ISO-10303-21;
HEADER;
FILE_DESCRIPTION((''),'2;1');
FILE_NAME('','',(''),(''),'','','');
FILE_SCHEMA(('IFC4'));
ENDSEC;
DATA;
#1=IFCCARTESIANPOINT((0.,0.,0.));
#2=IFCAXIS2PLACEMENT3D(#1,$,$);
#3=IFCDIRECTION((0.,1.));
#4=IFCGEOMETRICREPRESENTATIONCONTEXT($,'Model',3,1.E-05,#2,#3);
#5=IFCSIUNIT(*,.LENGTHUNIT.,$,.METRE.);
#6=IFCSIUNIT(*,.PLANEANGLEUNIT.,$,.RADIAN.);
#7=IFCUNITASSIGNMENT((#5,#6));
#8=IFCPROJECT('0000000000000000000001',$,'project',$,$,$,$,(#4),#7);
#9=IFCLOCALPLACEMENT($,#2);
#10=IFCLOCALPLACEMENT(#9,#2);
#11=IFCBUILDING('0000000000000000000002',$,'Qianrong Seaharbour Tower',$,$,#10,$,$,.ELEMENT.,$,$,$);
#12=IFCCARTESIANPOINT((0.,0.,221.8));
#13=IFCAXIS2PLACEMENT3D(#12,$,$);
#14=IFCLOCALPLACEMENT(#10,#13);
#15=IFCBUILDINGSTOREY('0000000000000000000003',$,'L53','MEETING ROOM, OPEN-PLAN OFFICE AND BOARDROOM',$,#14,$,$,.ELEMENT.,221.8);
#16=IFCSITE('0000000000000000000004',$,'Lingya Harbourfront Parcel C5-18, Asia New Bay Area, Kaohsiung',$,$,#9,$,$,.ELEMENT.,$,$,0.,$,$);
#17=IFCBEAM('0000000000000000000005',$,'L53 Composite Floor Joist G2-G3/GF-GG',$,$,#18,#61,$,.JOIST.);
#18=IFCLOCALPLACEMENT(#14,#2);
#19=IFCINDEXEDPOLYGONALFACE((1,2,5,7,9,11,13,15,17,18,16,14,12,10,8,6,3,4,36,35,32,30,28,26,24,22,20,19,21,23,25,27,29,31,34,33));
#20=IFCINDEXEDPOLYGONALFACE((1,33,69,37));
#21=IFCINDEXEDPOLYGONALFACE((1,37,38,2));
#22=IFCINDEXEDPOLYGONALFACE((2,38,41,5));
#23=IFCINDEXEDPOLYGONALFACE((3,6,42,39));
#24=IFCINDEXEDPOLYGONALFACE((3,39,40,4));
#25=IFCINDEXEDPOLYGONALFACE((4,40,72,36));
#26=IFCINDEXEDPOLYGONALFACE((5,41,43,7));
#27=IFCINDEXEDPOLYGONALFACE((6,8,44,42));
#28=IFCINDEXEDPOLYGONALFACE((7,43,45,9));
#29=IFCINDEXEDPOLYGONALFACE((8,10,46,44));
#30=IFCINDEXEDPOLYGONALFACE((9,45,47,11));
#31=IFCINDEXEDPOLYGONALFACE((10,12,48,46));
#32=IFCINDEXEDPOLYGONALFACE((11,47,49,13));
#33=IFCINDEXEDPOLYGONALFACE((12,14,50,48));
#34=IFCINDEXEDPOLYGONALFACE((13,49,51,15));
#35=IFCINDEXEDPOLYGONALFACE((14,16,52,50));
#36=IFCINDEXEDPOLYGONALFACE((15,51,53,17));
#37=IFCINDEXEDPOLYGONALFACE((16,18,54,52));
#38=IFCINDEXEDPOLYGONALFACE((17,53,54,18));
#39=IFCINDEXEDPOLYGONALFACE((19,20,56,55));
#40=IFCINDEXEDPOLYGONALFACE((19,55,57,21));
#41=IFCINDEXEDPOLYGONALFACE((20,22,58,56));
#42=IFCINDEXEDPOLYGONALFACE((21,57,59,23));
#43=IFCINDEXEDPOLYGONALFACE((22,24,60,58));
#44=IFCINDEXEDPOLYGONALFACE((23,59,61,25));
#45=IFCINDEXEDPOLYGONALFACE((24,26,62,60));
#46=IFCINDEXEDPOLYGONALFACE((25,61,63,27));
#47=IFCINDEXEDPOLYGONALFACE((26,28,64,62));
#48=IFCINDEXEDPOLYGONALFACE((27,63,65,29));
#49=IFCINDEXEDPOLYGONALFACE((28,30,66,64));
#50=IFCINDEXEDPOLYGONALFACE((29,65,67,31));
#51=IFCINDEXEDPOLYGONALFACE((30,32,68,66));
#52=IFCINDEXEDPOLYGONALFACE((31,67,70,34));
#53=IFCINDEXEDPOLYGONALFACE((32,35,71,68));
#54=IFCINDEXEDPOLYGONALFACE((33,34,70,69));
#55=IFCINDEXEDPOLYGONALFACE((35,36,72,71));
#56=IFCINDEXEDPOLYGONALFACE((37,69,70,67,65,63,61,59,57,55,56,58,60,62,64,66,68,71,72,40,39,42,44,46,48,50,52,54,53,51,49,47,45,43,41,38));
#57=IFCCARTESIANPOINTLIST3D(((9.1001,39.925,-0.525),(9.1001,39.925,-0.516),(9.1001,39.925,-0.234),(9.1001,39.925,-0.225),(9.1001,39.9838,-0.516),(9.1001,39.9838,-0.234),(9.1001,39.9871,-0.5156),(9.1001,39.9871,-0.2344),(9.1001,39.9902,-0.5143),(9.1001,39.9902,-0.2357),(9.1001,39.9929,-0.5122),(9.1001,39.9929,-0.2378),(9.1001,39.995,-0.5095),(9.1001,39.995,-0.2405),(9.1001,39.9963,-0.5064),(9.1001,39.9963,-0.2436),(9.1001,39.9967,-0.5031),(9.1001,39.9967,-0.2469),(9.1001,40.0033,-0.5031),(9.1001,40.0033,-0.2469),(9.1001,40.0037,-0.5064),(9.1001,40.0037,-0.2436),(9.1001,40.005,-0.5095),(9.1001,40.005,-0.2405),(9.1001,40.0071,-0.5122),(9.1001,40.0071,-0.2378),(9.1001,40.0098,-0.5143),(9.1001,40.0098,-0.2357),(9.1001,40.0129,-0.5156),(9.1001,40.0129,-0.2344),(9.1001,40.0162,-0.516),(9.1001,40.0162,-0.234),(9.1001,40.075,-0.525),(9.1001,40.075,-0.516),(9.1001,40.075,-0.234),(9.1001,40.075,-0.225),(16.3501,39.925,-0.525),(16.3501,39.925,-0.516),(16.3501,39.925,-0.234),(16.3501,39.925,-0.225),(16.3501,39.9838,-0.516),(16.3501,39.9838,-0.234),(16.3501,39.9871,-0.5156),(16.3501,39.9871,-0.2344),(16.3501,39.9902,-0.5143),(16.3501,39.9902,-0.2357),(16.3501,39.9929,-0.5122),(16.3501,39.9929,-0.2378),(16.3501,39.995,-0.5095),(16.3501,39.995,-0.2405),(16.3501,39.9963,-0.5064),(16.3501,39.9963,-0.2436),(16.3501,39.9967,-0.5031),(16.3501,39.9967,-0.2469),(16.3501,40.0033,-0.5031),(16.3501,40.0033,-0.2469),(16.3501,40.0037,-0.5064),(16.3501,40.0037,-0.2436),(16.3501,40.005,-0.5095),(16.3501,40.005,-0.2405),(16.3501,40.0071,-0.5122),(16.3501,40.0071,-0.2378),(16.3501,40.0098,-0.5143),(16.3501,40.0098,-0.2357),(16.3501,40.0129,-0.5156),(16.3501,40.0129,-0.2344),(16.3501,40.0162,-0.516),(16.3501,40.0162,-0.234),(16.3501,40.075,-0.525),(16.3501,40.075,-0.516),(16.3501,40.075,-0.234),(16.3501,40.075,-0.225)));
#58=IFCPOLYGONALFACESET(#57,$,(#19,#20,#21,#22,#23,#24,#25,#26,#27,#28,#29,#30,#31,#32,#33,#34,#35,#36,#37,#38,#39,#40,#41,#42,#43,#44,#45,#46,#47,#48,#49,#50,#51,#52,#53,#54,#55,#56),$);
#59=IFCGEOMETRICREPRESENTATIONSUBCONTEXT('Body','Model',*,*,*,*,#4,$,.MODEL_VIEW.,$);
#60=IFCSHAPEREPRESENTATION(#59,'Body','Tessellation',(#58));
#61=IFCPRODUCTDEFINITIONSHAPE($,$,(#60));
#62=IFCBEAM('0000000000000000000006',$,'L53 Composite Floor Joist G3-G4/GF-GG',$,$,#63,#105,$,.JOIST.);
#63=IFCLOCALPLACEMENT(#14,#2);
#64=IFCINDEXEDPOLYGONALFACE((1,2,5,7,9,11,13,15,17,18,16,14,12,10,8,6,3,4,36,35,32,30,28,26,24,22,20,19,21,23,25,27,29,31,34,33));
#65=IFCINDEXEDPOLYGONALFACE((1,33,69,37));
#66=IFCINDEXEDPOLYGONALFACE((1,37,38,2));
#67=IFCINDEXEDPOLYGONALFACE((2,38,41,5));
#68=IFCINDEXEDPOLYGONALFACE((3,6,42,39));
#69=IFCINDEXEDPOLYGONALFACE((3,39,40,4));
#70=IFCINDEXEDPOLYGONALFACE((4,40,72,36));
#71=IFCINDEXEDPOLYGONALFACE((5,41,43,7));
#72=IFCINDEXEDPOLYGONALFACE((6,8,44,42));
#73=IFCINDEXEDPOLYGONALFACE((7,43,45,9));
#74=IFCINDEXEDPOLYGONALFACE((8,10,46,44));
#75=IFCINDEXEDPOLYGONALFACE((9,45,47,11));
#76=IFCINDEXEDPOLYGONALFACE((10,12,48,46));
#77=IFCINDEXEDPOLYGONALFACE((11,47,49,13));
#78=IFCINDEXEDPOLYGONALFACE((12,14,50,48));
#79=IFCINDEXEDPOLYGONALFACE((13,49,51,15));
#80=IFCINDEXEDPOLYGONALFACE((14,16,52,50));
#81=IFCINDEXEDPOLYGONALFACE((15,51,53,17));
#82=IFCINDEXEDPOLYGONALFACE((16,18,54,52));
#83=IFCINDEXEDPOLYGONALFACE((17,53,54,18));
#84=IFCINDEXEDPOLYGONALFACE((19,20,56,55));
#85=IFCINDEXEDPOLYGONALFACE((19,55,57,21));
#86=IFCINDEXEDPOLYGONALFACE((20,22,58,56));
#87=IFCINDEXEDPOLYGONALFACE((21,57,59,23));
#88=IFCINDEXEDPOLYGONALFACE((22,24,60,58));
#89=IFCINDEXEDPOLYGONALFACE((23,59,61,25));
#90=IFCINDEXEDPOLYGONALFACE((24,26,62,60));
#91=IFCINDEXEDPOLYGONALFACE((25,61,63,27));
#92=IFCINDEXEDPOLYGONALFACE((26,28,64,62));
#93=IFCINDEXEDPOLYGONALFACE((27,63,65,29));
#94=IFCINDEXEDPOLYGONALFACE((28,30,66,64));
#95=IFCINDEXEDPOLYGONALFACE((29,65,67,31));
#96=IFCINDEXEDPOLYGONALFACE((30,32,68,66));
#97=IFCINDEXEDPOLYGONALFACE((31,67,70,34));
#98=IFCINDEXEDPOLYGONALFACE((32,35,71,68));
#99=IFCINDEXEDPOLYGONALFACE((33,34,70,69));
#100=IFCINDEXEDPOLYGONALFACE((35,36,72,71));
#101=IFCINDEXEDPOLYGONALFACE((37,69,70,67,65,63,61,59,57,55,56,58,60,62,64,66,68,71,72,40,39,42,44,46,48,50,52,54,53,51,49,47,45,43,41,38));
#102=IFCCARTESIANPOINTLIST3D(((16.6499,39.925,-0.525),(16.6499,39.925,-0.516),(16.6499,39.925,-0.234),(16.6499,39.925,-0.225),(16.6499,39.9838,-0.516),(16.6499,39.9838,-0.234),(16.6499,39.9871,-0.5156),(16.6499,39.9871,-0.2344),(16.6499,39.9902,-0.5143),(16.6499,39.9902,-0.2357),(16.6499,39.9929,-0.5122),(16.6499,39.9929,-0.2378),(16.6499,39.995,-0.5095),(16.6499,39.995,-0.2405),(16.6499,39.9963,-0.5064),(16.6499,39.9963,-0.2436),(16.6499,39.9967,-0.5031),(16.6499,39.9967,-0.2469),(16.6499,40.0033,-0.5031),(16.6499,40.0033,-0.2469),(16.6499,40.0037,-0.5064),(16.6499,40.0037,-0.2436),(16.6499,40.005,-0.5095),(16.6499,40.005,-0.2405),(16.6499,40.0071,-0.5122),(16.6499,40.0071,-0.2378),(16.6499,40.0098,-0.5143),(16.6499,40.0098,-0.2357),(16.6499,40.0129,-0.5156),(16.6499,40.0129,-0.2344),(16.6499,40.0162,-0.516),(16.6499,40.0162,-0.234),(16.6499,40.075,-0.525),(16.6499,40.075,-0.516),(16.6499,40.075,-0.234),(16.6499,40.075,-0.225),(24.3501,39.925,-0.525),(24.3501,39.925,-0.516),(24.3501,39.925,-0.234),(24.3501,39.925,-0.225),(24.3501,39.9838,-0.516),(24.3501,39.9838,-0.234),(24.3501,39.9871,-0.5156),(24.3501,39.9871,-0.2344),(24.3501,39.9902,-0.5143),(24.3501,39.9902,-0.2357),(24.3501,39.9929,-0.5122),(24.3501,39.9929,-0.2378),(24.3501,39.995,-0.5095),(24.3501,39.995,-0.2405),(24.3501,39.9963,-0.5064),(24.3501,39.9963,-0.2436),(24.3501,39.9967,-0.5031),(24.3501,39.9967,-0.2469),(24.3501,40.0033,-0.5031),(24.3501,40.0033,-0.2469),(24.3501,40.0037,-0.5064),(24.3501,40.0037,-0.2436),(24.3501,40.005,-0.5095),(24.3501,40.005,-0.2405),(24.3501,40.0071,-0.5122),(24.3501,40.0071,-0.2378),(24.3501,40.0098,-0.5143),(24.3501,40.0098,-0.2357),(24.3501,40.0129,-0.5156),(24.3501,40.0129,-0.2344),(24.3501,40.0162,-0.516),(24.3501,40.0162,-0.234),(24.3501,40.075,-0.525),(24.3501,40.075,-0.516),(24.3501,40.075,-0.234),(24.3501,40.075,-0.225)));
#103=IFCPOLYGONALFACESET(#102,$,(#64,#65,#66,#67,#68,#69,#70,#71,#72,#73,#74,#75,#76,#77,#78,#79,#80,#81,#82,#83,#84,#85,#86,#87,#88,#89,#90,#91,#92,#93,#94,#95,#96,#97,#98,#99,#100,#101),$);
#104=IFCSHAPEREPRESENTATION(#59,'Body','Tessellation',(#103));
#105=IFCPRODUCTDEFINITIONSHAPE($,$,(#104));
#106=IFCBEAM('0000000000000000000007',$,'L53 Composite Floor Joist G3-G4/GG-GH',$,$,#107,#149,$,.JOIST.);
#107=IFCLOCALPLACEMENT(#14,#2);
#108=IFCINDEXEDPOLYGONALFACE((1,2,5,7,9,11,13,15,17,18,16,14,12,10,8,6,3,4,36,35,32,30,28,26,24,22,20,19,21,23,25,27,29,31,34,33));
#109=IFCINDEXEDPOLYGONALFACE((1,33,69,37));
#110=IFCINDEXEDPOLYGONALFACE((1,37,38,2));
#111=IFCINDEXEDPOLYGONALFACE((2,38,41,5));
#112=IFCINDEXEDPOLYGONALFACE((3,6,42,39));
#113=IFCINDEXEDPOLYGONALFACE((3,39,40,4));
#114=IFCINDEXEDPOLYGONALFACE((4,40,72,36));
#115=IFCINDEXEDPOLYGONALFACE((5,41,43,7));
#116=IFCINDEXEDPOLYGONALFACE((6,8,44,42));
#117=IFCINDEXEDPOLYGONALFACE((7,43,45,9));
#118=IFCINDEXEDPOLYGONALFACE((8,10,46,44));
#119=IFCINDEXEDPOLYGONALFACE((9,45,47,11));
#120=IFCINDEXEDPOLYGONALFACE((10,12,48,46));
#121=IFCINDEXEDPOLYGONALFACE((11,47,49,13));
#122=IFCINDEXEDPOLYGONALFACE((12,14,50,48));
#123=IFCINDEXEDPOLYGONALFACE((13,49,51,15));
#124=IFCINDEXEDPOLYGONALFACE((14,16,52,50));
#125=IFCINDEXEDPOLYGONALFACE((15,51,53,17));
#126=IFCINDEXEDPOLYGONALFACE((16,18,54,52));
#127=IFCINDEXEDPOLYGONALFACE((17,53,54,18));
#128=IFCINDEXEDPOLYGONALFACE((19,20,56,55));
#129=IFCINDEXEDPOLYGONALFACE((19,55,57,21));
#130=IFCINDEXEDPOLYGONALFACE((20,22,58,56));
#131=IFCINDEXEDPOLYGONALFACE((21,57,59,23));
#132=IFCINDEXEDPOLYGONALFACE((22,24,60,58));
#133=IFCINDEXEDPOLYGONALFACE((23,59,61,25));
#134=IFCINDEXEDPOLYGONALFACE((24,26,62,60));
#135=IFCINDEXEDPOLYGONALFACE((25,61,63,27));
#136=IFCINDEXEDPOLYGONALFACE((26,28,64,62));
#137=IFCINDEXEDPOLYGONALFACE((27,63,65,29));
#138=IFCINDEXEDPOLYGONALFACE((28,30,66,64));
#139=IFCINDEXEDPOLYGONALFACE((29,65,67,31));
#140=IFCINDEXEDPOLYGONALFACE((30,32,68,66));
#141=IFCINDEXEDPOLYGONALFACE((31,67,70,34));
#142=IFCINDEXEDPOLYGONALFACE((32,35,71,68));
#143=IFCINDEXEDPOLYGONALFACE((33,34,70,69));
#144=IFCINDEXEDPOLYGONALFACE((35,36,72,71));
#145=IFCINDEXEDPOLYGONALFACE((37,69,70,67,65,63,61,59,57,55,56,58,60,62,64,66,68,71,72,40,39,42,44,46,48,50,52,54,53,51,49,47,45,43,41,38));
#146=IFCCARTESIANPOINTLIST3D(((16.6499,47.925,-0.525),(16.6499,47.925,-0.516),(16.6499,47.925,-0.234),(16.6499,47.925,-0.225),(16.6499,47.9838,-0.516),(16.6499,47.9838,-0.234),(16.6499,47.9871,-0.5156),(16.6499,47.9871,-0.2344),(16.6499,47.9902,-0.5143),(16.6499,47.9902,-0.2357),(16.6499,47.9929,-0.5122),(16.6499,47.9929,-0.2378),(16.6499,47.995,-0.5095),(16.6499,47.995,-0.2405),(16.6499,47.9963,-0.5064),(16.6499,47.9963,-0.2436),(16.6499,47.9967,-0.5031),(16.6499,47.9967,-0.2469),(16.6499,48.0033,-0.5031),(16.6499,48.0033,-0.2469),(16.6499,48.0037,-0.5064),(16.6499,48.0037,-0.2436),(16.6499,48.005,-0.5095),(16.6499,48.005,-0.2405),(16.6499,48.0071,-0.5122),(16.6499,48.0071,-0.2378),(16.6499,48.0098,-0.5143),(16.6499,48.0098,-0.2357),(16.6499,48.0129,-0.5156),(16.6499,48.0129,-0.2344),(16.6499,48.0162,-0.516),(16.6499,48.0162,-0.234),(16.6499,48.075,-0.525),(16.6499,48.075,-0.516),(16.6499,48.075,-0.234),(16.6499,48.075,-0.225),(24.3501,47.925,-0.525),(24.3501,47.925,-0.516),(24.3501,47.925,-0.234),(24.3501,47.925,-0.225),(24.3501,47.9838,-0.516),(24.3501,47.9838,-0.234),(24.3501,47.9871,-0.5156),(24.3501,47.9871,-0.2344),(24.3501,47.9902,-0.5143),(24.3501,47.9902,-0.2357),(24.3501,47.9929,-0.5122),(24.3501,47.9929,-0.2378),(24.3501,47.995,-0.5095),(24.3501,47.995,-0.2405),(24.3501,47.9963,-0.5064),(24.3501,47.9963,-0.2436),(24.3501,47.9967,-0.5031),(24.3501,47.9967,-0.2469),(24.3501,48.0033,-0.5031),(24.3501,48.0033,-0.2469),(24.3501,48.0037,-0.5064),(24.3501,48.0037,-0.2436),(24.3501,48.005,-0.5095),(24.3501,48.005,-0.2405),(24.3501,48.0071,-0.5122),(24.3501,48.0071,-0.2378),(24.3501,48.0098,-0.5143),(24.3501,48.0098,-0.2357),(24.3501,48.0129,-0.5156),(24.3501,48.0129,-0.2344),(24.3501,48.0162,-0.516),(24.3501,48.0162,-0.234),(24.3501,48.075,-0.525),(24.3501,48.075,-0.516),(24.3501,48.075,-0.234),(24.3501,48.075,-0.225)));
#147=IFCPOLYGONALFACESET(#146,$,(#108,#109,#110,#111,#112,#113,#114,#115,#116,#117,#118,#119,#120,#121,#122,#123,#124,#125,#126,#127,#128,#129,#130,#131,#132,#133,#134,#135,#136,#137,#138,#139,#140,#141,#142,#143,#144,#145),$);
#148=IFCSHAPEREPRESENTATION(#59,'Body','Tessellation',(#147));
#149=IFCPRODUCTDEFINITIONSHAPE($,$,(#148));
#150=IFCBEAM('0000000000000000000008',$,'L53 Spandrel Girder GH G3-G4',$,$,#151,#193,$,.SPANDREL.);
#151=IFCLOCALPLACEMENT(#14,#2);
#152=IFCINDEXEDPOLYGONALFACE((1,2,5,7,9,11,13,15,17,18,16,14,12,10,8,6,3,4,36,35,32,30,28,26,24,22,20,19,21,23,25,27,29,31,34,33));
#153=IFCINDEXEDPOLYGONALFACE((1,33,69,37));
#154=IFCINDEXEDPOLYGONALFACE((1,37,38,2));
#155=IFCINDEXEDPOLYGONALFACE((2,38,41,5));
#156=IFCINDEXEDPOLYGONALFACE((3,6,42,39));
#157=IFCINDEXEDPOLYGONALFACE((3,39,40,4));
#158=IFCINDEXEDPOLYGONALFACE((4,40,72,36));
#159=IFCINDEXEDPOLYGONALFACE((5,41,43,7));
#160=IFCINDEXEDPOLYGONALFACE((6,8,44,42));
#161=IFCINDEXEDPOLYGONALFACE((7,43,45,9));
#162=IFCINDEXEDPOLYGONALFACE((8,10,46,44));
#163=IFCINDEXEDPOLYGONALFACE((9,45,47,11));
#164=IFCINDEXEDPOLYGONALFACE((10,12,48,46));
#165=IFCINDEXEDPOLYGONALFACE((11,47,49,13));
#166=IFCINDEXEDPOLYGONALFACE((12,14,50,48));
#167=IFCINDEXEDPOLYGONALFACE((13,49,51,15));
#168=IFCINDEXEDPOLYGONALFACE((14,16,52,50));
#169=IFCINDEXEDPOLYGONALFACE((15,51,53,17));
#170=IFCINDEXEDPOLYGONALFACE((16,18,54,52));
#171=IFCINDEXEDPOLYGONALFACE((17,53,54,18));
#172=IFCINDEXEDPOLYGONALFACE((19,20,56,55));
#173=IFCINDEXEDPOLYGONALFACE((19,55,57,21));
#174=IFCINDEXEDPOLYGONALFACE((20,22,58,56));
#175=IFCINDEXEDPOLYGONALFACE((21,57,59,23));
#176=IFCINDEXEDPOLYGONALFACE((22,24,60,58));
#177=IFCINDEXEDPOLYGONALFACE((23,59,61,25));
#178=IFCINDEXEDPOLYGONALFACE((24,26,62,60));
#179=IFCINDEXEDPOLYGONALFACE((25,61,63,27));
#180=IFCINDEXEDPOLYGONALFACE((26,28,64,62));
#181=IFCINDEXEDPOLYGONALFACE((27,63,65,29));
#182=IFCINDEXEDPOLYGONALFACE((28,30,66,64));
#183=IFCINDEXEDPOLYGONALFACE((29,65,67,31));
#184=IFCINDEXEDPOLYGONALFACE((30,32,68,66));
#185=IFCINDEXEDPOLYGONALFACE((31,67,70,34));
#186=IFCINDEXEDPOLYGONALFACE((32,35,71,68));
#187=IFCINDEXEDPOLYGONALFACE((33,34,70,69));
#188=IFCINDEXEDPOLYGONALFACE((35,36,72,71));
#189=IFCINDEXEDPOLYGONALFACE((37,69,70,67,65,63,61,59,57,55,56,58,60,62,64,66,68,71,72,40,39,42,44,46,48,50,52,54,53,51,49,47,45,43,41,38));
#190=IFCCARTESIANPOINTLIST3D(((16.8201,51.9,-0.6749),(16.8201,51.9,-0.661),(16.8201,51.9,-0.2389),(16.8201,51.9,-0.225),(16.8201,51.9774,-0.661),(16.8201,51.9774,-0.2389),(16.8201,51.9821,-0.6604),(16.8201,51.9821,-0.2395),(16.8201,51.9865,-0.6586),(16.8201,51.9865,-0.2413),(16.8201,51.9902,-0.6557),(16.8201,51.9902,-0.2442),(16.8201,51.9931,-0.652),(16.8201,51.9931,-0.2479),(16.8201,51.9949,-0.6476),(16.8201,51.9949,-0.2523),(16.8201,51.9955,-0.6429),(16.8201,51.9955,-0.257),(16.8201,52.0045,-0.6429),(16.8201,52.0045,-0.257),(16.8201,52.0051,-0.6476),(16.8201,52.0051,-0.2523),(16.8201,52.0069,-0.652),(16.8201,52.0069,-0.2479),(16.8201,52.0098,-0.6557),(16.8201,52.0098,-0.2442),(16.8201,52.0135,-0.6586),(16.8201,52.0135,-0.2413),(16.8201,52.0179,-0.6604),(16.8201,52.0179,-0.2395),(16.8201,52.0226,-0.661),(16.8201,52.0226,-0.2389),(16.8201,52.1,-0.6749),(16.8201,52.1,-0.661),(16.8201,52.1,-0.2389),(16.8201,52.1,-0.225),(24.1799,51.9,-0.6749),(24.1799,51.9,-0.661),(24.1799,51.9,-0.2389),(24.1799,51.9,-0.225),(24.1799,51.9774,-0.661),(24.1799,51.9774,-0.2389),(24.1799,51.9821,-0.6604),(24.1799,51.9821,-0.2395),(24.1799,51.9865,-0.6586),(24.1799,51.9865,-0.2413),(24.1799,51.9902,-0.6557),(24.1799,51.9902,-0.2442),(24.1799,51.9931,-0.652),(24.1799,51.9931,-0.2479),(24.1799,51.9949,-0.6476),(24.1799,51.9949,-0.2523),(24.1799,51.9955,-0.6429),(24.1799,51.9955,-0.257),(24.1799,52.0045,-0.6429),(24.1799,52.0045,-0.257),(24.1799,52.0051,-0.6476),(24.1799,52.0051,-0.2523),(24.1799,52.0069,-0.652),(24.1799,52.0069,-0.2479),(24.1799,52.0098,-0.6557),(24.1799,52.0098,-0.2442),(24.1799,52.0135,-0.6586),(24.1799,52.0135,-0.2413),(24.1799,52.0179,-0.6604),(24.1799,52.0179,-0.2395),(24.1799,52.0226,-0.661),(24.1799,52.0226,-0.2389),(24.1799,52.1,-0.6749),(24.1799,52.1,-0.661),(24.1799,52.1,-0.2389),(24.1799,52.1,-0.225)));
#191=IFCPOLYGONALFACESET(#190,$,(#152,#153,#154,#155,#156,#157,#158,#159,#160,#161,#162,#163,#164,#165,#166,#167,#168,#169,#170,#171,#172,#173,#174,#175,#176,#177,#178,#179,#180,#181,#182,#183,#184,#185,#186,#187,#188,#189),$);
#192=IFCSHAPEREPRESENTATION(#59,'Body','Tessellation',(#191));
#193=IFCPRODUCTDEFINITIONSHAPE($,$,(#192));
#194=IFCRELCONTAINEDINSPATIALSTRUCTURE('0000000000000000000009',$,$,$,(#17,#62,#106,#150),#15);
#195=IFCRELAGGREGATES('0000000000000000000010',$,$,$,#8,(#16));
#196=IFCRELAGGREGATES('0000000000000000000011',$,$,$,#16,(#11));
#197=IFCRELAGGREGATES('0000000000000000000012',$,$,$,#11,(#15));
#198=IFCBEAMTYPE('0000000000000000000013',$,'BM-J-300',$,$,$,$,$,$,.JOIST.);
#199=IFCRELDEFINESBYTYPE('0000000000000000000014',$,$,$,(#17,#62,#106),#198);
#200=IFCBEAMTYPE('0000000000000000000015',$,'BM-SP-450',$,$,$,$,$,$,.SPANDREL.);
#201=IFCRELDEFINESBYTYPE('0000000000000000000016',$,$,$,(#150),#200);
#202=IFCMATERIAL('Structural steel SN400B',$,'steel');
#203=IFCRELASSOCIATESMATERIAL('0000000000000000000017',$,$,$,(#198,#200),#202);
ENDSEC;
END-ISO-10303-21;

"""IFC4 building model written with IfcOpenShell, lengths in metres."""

from ifc_helpers import new_model, si_unit, direction, frame, origin, origin_2d, place, context, subcontext, project, spatial, i_section, extrude, material, material_profile, profile_set, type_object, element, save


model = new_model("IFC4")

# Units and contexts
model_context = context("Model", 3, precision=1e-05, world=origin(), true_north=direction((0.0, 1.0)))
body_context = subcontext(model_context, "Body", "Model", "MODEL_VIEW")
ifc_project = project(units=[si_unit("LENGTHUNIT", "METRE"), si_unit("PLANEANGLEUNIT", "RADIAN")], contexts=[model_context])

# Site, building, storey
site_placement = place(None, origin())
site = spatial("IfcSite", under=ifc_project, at=site_placement, Name="Lingya Harbourfront Parcel C5-18, Asia New Bay Area, Kaohsiung", CompositionType="ELEMENT", RefElevation=0.0)
building_placement = place(site_placement, origin())
building = spatial("IfcBuilding", under=site, at=building_placement, Name="Qianrong Seaharbour Tower", CompositionType="ELEMENT")
storey_placement = place(building_placement, frame((0.0, 0.0, 221.8)))
storey = spatial("IfcBuildingStorey", under=building, at=storey_placement, Name="L53", Description="MEETING ROOM, OPEN-PLAN OFFICE AND BOARDROOM", CompositionType="ELEMENT", Elevation=221.8)

# Beams
ifc_material_1 = material(Name="Structural steel SN400B", Category="steel")
ifc_material_profile_1 = material_profile(ifc_material_1, i_section(OverallWidth=0.1499, OverallDepth=0.3, WebThickness=0.0066, FlangeThickness=0.009, FilletRadius=0.0129, at=origin_2d()), Name="H300x150x6.5x9")
ifc_profile_set_1 = profile_set([ifc_material_profile_1], Name="Structural steel SN400B")
beam_type_1 = type_object("IfcBeamType", Name="BM-J-300", PredefinedType="JOIST", material=ifc_profile_set_1)
beam_1_placement = place(storey_placement, frame((9.1001, 40.0, -0.375), z_axis=(1.0, 0.0, 0.0), x_axis=(0.0, 1.0, 0.0)))
element("IfcBeam", 1, at=beam_1_placement, inside=storey, type_object=beam_type_1, Name="L53 Composite Floor Joist G2-G3/GF-GG", PredefinedType="JOIST", context=body_context, shape_type="SweptSolid", body=[
    extrude(i_section(OverallWidth=0.1499, OverallDepth=0.3, WebThickness=0.0066, FlangeThickness=0.009, FilletRadius=0.0129, at=origin_2d()), origin(), (0.0, 0.0, 1.0), 7.25),
])
for number, where, z_axis, x_axis, name in (
    (2, (16.6499, 40.0, -0.375), (1.0, 0.0, 0.0), (0.0, 1.0, 0.0), "L53 Composite Floor Joist G3-G4/GF-GG"),
    (3, (16.6499, 48.0, -0.375), (1.0, 0.0, 0.0), (0.0, 1.0, 0.0), "L53 Composite Floor Joist G3-G4/GG-GH"),
):
    element("IfcBeam", number, at=place(storey_placement, frame(where, z_axis=z_axis, x_axis=x_axis)), inside=storey, type_object=beam_type_1, Name=name, PredefinedType="JOIST", context=body_context, shape_type="SweptSolid", body=[
        extrude(i_section(OverallWidth=0.1499, OverallDepth=0.3, WebThickness=0.0066, FlangeThickness=0.009, FilletRadius=0.0129, at=origin_2d()), origin(), (0.0, 0.0, 1.0), 7.7002),
    ])
ifc_material_profile_2 = material_profile(ifc_material_1, i_section(OverallWidth=0.2, OverallDepth=0.45, WebThickness=0.009, FlangeThickness=0.0139, FilletRadius=0.0181, at=origin_2d()), Name="H450x200x9x14")
ifc_profile_set_2 = profile_set([ifc_material_profile_2], Name="Structural steel SN400B")
beam_type_2 = type_object("IfcBeamType", Name="BM-SP-450", PredefinedType="SPANDREL", material=ifc_profile_set_2)
for number, where, z_axis, x_axis, name in (
    (4, (16.8201, 52.0, -0.45), (1.0, 0.0, 0.0), (0.0, 1.0, 0.0), "L53 Spandrel Girder GH G3-G4"),
):
    element("IfcBeam", number, at=place(storey_placement, frame(where, z_axis=z_axis, x_axis=x_axis)), inside=storey, type_object=beam_type_2, Name=name, PredefinedType="SPANDREL", context=body_context, shape_type="SweptSolid", body=[
        extrude(i_section(OverallWidth=0.2, OverallDepth=0.45, WebThickness=0.009, FlangeThickness=0.0139, FilletRadius=0.0181, at=origin_2d()), origin(), (0.0, 0.0, 1.0), 7.3599),
    ])

save(model, "model.ifc")
